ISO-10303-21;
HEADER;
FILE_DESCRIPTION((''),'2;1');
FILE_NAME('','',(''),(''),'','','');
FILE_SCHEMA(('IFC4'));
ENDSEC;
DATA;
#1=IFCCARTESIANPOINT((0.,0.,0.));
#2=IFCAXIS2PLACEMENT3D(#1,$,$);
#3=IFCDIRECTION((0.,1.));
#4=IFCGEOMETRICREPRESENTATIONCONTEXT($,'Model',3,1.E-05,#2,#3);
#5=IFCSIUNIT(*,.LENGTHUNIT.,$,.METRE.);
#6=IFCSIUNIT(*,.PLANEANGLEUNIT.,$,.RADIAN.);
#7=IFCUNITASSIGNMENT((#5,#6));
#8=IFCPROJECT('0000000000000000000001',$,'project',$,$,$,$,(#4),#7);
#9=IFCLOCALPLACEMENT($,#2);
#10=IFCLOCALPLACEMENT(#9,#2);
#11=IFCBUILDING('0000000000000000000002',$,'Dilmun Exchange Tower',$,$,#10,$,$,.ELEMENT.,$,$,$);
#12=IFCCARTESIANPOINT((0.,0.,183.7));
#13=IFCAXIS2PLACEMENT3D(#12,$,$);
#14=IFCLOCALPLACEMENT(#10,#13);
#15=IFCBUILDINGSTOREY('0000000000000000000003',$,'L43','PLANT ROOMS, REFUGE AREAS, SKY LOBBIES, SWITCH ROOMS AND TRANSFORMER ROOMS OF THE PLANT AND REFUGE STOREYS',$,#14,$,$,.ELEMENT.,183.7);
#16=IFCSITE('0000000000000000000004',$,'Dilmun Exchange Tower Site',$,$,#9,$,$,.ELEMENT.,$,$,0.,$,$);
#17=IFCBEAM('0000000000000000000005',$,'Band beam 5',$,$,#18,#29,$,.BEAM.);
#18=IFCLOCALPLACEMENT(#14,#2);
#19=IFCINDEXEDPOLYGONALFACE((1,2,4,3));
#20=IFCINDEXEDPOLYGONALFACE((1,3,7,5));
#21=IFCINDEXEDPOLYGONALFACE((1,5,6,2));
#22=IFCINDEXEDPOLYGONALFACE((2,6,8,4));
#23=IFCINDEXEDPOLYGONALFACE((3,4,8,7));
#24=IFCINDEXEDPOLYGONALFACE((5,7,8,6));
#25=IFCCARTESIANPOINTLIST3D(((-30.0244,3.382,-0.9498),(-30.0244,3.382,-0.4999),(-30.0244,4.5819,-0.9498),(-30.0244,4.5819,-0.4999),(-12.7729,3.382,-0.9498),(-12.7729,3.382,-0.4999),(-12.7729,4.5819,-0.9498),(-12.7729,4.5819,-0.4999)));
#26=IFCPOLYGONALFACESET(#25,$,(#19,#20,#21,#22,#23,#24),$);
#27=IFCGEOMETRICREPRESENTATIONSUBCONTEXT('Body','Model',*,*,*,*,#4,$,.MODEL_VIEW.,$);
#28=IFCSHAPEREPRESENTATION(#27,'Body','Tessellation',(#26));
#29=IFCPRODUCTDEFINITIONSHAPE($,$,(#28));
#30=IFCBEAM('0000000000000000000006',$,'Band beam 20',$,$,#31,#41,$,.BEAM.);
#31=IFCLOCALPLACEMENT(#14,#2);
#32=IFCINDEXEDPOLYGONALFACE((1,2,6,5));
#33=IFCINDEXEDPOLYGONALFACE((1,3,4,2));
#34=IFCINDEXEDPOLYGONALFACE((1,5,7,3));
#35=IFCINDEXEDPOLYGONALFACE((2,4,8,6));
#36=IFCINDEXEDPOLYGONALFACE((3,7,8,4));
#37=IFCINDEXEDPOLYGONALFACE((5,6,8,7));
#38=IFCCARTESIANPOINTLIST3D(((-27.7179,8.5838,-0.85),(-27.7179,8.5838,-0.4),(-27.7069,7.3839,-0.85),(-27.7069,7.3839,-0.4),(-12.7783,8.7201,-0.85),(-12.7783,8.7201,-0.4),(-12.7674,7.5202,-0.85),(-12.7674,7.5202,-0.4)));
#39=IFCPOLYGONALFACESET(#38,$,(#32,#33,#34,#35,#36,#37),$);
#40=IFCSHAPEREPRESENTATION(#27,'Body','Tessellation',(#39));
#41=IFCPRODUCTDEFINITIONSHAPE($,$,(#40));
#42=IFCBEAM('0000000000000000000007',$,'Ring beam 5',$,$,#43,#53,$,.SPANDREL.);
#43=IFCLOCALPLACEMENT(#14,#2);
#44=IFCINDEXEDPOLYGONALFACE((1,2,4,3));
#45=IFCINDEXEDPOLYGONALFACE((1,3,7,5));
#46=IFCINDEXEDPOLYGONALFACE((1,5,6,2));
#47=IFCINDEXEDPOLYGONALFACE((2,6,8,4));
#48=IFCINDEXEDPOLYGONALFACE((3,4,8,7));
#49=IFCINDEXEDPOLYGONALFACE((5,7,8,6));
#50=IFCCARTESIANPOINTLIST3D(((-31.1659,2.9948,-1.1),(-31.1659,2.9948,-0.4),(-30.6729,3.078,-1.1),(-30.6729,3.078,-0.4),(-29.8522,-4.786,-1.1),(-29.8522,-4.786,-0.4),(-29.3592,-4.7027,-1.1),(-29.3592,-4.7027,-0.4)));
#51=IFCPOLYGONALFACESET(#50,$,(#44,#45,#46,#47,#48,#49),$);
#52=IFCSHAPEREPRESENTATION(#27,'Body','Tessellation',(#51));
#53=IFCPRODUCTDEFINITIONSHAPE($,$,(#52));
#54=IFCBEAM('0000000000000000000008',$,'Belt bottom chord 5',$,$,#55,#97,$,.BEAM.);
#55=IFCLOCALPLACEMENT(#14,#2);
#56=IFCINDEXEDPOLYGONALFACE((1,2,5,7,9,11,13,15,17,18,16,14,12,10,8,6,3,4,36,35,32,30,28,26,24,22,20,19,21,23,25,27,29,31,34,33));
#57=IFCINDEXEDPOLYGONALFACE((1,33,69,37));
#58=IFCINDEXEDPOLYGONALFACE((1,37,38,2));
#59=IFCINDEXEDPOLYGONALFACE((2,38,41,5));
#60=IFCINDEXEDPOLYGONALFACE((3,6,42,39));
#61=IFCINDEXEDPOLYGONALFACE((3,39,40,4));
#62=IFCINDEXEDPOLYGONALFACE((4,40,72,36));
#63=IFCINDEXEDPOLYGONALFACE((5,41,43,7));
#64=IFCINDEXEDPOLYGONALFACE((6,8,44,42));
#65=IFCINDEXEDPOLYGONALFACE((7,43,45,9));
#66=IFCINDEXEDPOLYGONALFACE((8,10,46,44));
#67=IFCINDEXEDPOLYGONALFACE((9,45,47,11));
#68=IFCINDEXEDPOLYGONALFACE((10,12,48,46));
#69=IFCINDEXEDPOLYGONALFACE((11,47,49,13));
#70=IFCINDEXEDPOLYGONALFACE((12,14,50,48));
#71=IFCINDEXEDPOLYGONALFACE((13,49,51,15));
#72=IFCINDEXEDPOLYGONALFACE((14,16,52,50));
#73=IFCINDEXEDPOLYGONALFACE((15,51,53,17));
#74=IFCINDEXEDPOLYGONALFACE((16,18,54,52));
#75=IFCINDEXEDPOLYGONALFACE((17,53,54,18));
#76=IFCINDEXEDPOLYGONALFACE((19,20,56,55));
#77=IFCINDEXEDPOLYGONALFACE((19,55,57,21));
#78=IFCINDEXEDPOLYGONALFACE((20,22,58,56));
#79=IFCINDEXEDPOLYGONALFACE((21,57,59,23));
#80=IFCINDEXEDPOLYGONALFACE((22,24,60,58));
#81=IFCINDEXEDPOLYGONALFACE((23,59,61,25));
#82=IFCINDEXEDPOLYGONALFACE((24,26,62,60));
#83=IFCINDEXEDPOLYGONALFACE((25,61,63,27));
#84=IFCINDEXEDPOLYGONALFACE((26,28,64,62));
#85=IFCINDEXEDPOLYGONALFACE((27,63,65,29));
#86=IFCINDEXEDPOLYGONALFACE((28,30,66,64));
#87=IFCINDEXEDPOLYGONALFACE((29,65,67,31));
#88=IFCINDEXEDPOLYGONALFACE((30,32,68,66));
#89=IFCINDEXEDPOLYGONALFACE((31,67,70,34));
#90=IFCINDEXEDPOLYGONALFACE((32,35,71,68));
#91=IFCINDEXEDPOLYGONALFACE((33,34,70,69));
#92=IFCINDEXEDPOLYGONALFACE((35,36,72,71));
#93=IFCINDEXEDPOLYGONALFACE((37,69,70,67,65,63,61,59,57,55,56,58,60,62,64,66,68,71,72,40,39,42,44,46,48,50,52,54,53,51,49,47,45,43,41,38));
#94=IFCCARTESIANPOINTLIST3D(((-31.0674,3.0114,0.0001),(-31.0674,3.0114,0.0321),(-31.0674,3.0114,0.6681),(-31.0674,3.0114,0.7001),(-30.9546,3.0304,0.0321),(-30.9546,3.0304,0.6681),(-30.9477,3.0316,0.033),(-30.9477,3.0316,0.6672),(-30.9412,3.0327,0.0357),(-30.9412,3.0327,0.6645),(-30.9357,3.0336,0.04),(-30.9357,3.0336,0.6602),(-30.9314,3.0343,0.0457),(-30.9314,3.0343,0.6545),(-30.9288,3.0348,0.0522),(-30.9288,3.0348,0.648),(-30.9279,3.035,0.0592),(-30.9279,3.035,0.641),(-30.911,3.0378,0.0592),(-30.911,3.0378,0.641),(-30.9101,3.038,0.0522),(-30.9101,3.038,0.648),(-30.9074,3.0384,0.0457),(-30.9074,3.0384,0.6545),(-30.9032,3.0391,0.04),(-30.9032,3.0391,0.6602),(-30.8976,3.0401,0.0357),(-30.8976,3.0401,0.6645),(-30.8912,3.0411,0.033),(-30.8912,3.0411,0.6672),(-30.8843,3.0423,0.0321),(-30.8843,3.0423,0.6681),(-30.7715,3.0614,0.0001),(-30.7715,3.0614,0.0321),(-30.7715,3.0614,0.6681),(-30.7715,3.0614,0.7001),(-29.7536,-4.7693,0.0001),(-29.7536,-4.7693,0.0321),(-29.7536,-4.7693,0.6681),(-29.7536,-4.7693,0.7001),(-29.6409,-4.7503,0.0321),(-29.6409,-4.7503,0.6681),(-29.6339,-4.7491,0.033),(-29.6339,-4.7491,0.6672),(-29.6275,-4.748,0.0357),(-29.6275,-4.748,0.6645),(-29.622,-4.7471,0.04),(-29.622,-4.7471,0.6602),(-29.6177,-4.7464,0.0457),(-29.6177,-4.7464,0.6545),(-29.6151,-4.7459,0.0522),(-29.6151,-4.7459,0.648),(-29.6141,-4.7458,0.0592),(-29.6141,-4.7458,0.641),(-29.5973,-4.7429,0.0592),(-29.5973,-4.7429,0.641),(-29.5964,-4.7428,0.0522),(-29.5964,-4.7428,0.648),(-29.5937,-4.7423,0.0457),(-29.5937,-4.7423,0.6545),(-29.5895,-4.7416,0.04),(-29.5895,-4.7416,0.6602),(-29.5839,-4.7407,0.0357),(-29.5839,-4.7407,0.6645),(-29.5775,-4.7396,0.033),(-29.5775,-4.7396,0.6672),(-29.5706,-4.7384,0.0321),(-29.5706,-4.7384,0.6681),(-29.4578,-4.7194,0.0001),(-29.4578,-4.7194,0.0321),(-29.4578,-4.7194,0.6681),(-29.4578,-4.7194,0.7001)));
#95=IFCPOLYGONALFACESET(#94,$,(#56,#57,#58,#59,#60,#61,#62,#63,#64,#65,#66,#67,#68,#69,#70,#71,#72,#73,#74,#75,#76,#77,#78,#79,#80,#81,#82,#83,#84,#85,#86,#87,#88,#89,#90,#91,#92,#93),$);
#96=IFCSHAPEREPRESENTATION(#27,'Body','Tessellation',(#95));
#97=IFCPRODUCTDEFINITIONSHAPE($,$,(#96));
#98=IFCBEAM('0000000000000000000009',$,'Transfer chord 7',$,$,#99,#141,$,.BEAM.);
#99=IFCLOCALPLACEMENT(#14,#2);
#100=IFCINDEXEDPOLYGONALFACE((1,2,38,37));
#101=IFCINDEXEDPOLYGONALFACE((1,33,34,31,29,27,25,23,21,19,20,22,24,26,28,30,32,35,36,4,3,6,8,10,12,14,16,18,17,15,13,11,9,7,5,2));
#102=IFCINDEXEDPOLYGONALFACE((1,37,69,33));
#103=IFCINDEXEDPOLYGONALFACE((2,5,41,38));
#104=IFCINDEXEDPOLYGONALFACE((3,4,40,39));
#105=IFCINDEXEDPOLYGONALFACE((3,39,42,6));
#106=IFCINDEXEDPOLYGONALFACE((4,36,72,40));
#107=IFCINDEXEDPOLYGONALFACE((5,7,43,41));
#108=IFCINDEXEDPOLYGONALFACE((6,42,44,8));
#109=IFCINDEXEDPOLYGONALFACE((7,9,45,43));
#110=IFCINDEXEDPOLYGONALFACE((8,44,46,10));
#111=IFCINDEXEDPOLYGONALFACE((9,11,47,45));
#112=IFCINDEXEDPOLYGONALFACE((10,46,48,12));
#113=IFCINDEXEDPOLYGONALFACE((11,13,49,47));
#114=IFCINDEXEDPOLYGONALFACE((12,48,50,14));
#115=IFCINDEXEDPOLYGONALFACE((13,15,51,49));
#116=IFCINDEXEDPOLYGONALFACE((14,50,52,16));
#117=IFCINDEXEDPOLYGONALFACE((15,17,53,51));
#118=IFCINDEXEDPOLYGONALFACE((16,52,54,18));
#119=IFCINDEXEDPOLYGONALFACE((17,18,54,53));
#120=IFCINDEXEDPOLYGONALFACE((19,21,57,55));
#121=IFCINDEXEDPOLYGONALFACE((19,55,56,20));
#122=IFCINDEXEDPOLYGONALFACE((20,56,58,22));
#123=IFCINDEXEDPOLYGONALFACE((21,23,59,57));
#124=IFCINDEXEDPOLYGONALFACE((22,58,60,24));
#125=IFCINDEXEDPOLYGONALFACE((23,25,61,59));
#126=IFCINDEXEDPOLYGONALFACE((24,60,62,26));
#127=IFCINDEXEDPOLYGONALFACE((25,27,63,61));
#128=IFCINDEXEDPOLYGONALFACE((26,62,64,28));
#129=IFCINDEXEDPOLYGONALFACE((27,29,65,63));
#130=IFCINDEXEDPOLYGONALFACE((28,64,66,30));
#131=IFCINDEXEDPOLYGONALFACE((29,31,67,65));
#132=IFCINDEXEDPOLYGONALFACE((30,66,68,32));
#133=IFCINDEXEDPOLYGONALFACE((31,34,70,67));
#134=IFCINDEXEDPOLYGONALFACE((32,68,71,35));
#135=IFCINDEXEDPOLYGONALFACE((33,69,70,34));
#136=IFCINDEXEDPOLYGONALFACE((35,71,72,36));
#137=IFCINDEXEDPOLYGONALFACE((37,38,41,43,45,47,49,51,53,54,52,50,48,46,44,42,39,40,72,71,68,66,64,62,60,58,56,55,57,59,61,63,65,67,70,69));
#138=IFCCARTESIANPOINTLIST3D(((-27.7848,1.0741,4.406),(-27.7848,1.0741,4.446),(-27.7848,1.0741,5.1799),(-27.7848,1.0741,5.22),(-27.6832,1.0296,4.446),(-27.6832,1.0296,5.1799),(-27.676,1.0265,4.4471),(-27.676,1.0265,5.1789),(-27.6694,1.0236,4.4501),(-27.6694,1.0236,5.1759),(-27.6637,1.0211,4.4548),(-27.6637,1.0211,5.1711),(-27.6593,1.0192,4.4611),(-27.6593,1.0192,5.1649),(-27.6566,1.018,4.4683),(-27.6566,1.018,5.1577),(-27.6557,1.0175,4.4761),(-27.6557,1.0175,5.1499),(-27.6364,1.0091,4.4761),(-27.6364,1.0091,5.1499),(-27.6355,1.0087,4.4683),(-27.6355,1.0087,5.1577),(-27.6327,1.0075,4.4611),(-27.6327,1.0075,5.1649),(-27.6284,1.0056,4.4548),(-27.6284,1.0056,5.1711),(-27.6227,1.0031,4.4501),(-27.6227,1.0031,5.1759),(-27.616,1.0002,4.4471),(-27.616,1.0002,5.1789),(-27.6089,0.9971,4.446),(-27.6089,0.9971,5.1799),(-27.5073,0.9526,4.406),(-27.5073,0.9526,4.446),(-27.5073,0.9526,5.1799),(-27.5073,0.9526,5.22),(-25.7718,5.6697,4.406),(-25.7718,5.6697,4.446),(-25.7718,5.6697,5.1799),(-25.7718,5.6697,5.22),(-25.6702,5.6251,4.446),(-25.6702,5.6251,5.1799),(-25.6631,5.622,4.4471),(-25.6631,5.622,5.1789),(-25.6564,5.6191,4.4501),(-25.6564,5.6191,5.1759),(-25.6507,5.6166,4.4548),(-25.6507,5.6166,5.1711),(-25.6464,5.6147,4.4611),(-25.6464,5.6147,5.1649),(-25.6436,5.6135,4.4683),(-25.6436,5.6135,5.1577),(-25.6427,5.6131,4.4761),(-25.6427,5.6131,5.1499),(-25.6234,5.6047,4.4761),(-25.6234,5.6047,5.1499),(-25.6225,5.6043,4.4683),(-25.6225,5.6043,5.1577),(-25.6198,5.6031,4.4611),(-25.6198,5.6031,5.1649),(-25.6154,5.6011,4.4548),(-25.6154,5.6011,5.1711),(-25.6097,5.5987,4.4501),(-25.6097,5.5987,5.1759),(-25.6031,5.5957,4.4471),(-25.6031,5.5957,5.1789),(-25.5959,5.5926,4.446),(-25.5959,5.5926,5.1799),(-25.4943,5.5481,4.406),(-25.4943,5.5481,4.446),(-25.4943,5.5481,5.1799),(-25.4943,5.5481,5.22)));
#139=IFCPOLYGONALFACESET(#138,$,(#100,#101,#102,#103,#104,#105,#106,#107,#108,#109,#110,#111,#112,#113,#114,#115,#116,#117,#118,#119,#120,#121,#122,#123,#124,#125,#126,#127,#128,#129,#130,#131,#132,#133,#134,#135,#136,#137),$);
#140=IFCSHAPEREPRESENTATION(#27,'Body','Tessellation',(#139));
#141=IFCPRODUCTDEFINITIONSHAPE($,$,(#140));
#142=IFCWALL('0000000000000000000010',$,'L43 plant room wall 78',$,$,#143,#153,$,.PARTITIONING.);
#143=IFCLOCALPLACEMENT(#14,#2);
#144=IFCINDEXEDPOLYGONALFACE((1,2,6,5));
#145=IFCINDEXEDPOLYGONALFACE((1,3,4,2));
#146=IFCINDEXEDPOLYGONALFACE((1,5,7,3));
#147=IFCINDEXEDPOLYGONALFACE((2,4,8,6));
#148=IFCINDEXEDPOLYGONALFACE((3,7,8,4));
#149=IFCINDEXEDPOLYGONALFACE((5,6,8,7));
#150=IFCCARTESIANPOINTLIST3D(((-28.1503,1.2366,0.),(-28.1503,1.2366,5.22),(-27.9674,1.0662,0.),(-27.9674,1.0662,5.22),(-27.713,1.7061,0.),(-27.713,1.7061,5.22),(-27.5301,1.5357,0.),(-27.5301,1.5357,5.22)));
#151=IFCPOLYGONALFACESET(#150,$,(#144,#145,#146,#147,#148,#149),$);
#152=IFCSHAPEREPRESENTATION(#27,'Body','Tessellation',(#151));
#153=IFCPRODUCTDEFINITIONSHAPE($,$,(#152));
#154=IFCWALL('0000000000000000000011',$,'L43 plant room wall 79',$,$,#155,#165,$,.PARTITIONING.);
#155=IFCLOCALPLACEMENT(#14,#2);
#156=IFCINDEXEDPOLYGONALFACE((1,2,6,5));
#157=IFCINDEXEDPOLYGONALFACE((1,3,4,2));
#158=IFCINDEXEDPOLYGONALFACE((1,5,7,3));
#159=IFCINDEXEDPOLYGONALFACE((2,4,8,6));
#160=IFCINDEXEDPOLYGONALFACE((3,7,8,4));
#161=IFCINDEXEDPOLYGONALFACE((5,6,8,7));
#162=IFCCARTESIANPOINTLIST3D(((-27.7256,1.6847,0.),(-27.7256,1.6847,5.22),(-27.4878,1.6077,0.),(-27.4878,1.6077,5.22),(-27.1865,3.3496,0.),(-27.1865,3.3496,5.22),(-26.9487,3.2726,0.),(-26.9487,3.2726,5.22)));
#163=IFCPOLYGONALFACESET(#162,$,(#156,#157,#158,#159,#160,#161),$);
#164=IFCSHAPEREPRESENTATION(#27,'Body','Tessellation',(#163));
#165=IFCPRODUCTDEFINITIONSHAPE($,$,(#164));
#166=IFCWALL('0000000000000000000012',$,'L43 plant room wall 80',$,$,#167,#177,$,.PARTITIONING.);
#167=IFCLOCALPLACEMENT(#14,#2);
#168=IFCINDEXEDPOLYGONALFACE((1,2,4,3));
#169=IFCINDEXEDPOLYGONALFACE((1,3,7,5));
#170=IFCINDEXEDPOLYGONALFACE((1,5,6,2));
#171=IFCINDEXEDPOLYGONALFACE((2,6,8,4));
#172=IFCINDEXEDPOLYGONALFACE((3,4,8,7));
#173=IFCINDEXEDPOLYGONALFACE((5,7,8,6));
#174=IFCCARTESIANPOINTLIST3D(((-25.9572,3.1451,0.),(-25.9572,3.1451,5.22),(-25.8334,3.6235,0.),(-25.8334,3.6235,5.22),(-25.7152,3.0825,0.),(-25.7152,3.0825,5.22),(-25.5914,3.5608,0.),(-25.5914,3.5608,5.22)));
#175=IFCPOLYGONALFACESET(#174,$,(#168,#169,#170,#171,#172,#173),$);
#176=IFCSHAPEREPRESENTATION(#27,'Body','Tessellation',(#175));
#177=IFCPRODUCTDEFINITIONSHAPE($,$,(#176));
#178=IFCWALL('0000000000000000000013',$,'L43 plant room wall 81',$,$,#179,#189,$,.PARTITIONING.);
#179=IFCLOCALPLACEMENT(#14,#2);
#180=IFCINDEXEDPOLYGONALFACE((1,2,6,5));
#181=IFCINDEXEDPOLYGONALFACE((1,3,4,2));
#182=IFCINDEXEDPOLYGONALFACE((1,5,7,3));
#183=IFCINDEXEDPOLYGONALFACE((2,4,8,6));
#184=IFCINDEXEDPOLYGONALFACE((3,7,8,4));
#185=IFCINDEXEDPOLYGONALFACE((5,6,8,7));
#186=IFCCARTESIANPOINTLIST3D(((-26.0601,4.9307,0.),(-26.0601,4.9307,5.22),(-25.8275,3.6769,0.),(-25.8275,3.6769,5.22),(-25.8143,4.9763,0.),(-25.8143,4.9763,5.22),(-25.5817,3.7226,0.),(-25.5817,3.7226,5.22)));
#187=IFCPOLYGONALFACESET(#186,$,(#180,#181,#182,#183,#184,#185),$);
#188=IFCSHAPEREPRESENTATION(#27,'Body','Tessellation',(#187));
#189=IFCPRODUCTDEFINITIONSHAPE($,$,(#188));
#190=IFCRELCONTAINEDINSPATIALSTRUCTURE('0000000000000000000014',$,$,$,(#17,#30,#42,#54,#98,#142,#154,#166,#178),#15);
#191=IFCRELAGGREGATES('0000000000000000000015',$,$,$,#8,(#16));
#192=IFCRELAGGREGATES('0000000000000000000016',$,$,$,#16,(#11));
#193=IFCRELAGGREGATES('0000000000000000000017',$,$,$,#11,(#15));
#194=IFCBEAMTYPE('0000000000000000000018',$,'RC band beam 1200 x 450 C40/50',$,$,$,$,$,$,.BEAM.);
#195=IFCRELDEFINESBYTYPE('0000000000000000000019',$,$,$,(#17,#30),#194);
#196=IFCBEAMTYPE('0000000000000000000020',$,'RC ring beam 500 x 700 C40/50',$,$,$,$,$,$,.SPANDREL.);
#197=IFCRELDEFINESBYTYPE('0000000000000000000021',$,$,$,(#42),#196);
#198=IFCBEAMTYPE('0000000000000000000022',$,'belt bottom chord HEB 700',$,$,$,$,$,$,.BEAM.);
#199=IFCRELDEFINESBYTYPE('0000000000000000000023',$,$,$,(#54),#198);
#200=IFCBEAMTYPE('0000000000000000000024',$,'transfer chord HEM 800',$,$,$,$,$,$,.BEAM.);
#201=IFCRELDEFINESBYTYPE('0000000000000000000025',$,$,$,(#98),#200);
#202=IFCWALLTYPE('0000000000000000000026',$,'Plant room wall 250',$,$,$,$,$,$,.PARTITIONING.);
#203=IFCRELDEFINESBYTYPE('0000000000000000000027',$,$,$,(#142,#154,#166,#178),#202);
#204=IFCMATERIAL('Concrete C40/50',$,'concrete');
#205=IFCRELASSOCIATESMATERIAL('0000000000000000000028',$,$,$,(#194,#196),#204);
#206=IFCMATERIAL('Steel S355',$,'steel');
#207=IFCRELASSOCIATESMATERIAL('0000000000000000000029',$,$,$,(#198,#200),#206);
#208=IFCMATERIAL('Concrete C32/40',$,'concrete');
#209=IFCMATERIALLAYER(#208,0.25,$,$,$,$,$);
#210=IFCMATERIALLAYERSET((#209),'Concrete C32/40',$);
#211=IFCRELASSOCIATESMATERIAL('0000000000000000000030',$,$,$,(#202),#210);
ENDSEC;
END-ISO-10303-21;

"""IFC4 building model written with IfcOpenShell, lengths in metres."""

from ifc_helpers import new_model, si_unit, direction, frame, frame_2d, origin, origin_2d, place, context, subcontext, project, spatial, rectangle, i_section, extrude, material, layer, layer_set, material_profile, profile_set, type_object, element, save


model = new_model("IFC4")

# Units and contexts
model_context = context("Model", 3, precision=1e-05, world=origin(), true_north=direction((0.0, 1.0)))
body_context = subcontext(model_context, "Body", "Model", "MODEL_VIEW")
ifc_project = project(units=[si_unit("LENGTHUNIT", "METRE"), si_unit("PLANEANGLEUNIT", "RADIAN")], contexts=[model_context])

# Site, building, storey
site_placement = place(None, origin())
site = spatial("IfcSite", under=ifc_project, at=site_placement, Name="Dilmun Exchange Tower Site", CompositionType="ELEMENT", RefElevation=0.0)
building_placement = place(site_placement, origin())
building = spatial("IfcBuilding", under=site, at=building_placement, Name="Dilmun Exchange Tower", CompositionType="ELEMENT")
storey_placement = place(building_placement, frame((0.0, 0.0, 183.7)))
storey = spatial("IfcBuildingStorey", under=building, at=storey_placement, Name="L43", Description="PLANT ROOMS, REFUGE AREAS, SKY LOBBIES, SWITCH ROOMS AND TRANSFORMER ROOMS OF THE PLANT AND REFUGE STOREYS", CompositionType="ELEMENT", Elevation=183.7)

# Beams
ifc_material_1 = material(Name="Concrete C40/50", Category="concrete")
ifc_material_profile_1 = material_profile(ifc_material_1, rectangle(XDim=1.2, YDim=0.45, at=origin_2d()), Name="1200 x 450")
ifc_profile_set_1 = profile_set([ifc_material_profile_1], Name="Concrete C40/50")
beam_type_1 = type_object("IfcBeamType", Name="RC band beam 1200 x 450 C40/50", PredefinedType="BEAM", material=ifc_profile_set_1)
beam_1_placement = place(storey_placement, frame((-30.0244, 3.9819, -0.7249), z_axis=(1.0, 0.0, 0.0), x_axis=(0.0, 1.0, 0.0)))
element("IfcBeam", 1, at=beam_1_placement, inside=storey, type_object=beam_type_1, Name="Band beam 5", PredefinedType="BEAM", context=body_context, shape_type="SweptSolid", body=[
    extrude(rectangle(XDim=1.2, YDim=0.45, at=origin_2d()), origin(), (0.0, 0.0, 1.0), 17.2515),
])
beam_2_placement = place(storey_placement, frame((-27.7124, 7.9839, -0.625), z_axis=(0.999958, 0.009118, 0.0), x_axis=(-0.009118, 0.999958, 0.0)))
element("IfcBeam", 2, at=beam_2_placement, inside=storey, type_object=beam_type_1, Name="Band beam 20", PredefinedType="BEAM", context=body_context, shape_type="SweptSolid", body=[
    extrude(rectangle(XDim=1.2, YDim=0.45, at=origin_2d()), origin(), (0.0, 0.0, 1.0), 14.9402),
])
ifc_material_profile_2 = material_profile(ifc_material_1, rectangle(XDim=0.5, YDim=0.7, at=origin_2d()), Name="500 x 700")
ifc_profile_set_2 = profile_set([ifc_material_profile_2], Name="Concrete C40/50")
beam_type_2 = type_object("IfcBeamType", Name="RC ring beam 500 x 700 C40/50", PredefinedType="SPANDREL", material=ifc_profile_set_2)
beam_3_placement = place(storey_placement, frame((-30.9194, 3.0364, -0.75), z_axis=(0.166486, -0.986044, 0.0), x_axis=(0.986044, 0.166486, 0.0)))
element("IfcBeam", 3, at=beam_3_placement, inside=storey, type_object=beam_type_2, Name="Ring beam 5", PredefinedType="SPANDREL", context=body_context, shape_type="SweptSolid", body=[
    extrude(rectangle(XDim=0.5, YDim=0.7, at=origin_2d()), origin(), (0.0, 0.0, 1.0), 7.8909),
])
ifc_material_2 = material(Name="Steel S355", Category="steel")
ifc_material_profile_3 = material_profile(ifc_material_2, i_section(OverallWidth=0.3, OverallDepth=0.7, WebThickness=0.0171, FlangeThickness=0.032, FilletRadius=0.0271, at=origin_2d()), Name="HEB 700")
ifc_profile_set_3 = profile_set([ifc_material_profile_3], Name="Steel S355")
beam_type_3 = type_object("IfcBeamType", Name="belt bottom chord HEB 700", PredefinedType="BEAM", material=ifc_profile_set_3)
beam_4_placement = place(storey_placement, frame((-30.9194, 3.0364, 0.3501), z_axis=(0.166486, -0.986044, 0.0), x_axis=(0.986044, 0.166486, 0.0)))
element("IfcBeam", 4, at=beam_4_placement, inside=storey, type_object=beam_type_3, Name="Belt bottom chord 5", PredefinedType="BEAM", context=body_context, shape_type="SweptSolid", body=[
    extrude(i_section(OverallWidth=0.3, OverallDepth=0.7, WebThickness=0.0171, FlangeThickness=0.032, FilletRadius=0.0271, at=origin_2d()), origin(), (0.0, 0.0, 1.0), 7.8909),
])
ifc_material_profile_4 = material_profile(ifc_material_2, i_section(OverallWidth=0.303, OverallDepth=0.814, WebThickness=0.021, FlangeThickness=0.04, FilletRadius=0.03, at=origin_2d()), Name="HEM 800")
ifc_profile_set_4 = profile_set([ifc_material_profile_4], Name="Steel S355")
beam_type_4 = type_object("IfcBeamType", Name="transfer chord HEM 800", PredefinedType="BEAM", material=ifc_profile_set_4)
beam_5_placement = place(storey_placement, frame((-25.6331, 5.6089, 4.813), z_axis=(-0.401225, -0.91598, 0.0), x_axis=(0.91598, -0.401225, 0.0)))
element("IfcBeam", 5, at=beam_5_placement, inside=storey, type_object=beam_type_4, Name="Transfer chord 7", PredefinedType="BEAM", context=body_context, shape_type="SweptSolid", body=[
    extrude(i_section(OverallWidth=0.303, OverallDepth=0.814, WebThickness=0.021, FlangeThickness=0.04, FilletRadius=0.03, at=origin_2d()), origin(), (0.0, 0.0, 1.0), 5.0171),
])

# Walls
ifc_material_3 = material(Name="Concrete C32/40", Category="concrete")
ifc_layer_1 = layer(ifc_material_3, 0.25)
ifc_layer_set_1 = layer_set([ifc_layer_1], Name="Concrete C32/40")
wall_type_1 = type_object("IfcWallType", Name="Plant room wall 250", PredefinedType="PARTITIONING", material=ifc_layer_set_1)
wall_1_placement = place(storey_placement, frame((-28.0588, 1.1514, 0.0), z_axis=(0.0, 0.0, 1.0), x_axis=(0.681545, 0.731776, 0.0)))
element("IfcWall", 6, at=wall_1_placement, inside=storey, type_object=wall_type_1, Name="L43 plant room wall 78", PredefinedType="PARTITIONING", context=body_context, shape_type="SweptSolid", body=[
    extrude(rectangle(XDim=0.6416, YDim=0.25, at=frame_2d((0.3208, 0.0))), origin(), (0.0, 0.0, 1.0), 5.22),
])
wall_2_placement = place(storey_placement, frame((-27.6067, 1.6462, 0.0), z_axis=(0.0, 0.0, 1.0), x_axis=(0.308054, 0.951369, 0.0)))
element("IfcWall", 7, at=wall_2_placement, inside=storey, type_object=wall_type_1, Name="L43 plant room wall 79", PredefinedType="PARTITIONING", context=body_context, shape_type="SweptSolid", body=[
    extrude(rectangle(XDim=1.75, YDim=0.25, at=frame_2d((0.875, 0.0))), origin(), (0.0, 0.0, 1.0), 5.22),
])
wall_3_placement = place(storey_placement, frame((-25.8362, 3.1138, 0.0), z_axis=(0.0, 0.0, 1.0), x_axis=(0.250551, 0.968104, 0.0)))
element("IfcWall", 8, at=wall_3_placement, inside=storey, type_object=wall_type_1, Name="L43 plant room wall 80", PredefinedType="PARTITIONING", context=body_context, shape_type="SweptSolid", body=[
    extrude(rectangle(XDim=0.4941, YDim=0.25, at=frame_2d((0.2471, 0.0))), origin(), (0.0, 0.0, 1.0), 5.22),
])
wall_4_placement = place(storey_placement, frame((-25.9373, 4.9536, 0.0), z_axis=(0.0, 0.0, 1.0), x_axis=(0.182473, -0.983211, 0.0)))
element("IfcWall", 9, at=wall_4_placement, inside=storey, type_object=wall_type_1, Name="L43 plant room wall 81", PredefinedType="PARTITIONING", context=body_context, shape_type="SweptSolid", body=[
    extrude(rectangle(XDim=1.2751, YDim=0.25, at=frame_2d((0.6377, 0.0))), origin(), (0.0, 0.0, 1.0), 5.22),
])

save(model, "model.ifc")
